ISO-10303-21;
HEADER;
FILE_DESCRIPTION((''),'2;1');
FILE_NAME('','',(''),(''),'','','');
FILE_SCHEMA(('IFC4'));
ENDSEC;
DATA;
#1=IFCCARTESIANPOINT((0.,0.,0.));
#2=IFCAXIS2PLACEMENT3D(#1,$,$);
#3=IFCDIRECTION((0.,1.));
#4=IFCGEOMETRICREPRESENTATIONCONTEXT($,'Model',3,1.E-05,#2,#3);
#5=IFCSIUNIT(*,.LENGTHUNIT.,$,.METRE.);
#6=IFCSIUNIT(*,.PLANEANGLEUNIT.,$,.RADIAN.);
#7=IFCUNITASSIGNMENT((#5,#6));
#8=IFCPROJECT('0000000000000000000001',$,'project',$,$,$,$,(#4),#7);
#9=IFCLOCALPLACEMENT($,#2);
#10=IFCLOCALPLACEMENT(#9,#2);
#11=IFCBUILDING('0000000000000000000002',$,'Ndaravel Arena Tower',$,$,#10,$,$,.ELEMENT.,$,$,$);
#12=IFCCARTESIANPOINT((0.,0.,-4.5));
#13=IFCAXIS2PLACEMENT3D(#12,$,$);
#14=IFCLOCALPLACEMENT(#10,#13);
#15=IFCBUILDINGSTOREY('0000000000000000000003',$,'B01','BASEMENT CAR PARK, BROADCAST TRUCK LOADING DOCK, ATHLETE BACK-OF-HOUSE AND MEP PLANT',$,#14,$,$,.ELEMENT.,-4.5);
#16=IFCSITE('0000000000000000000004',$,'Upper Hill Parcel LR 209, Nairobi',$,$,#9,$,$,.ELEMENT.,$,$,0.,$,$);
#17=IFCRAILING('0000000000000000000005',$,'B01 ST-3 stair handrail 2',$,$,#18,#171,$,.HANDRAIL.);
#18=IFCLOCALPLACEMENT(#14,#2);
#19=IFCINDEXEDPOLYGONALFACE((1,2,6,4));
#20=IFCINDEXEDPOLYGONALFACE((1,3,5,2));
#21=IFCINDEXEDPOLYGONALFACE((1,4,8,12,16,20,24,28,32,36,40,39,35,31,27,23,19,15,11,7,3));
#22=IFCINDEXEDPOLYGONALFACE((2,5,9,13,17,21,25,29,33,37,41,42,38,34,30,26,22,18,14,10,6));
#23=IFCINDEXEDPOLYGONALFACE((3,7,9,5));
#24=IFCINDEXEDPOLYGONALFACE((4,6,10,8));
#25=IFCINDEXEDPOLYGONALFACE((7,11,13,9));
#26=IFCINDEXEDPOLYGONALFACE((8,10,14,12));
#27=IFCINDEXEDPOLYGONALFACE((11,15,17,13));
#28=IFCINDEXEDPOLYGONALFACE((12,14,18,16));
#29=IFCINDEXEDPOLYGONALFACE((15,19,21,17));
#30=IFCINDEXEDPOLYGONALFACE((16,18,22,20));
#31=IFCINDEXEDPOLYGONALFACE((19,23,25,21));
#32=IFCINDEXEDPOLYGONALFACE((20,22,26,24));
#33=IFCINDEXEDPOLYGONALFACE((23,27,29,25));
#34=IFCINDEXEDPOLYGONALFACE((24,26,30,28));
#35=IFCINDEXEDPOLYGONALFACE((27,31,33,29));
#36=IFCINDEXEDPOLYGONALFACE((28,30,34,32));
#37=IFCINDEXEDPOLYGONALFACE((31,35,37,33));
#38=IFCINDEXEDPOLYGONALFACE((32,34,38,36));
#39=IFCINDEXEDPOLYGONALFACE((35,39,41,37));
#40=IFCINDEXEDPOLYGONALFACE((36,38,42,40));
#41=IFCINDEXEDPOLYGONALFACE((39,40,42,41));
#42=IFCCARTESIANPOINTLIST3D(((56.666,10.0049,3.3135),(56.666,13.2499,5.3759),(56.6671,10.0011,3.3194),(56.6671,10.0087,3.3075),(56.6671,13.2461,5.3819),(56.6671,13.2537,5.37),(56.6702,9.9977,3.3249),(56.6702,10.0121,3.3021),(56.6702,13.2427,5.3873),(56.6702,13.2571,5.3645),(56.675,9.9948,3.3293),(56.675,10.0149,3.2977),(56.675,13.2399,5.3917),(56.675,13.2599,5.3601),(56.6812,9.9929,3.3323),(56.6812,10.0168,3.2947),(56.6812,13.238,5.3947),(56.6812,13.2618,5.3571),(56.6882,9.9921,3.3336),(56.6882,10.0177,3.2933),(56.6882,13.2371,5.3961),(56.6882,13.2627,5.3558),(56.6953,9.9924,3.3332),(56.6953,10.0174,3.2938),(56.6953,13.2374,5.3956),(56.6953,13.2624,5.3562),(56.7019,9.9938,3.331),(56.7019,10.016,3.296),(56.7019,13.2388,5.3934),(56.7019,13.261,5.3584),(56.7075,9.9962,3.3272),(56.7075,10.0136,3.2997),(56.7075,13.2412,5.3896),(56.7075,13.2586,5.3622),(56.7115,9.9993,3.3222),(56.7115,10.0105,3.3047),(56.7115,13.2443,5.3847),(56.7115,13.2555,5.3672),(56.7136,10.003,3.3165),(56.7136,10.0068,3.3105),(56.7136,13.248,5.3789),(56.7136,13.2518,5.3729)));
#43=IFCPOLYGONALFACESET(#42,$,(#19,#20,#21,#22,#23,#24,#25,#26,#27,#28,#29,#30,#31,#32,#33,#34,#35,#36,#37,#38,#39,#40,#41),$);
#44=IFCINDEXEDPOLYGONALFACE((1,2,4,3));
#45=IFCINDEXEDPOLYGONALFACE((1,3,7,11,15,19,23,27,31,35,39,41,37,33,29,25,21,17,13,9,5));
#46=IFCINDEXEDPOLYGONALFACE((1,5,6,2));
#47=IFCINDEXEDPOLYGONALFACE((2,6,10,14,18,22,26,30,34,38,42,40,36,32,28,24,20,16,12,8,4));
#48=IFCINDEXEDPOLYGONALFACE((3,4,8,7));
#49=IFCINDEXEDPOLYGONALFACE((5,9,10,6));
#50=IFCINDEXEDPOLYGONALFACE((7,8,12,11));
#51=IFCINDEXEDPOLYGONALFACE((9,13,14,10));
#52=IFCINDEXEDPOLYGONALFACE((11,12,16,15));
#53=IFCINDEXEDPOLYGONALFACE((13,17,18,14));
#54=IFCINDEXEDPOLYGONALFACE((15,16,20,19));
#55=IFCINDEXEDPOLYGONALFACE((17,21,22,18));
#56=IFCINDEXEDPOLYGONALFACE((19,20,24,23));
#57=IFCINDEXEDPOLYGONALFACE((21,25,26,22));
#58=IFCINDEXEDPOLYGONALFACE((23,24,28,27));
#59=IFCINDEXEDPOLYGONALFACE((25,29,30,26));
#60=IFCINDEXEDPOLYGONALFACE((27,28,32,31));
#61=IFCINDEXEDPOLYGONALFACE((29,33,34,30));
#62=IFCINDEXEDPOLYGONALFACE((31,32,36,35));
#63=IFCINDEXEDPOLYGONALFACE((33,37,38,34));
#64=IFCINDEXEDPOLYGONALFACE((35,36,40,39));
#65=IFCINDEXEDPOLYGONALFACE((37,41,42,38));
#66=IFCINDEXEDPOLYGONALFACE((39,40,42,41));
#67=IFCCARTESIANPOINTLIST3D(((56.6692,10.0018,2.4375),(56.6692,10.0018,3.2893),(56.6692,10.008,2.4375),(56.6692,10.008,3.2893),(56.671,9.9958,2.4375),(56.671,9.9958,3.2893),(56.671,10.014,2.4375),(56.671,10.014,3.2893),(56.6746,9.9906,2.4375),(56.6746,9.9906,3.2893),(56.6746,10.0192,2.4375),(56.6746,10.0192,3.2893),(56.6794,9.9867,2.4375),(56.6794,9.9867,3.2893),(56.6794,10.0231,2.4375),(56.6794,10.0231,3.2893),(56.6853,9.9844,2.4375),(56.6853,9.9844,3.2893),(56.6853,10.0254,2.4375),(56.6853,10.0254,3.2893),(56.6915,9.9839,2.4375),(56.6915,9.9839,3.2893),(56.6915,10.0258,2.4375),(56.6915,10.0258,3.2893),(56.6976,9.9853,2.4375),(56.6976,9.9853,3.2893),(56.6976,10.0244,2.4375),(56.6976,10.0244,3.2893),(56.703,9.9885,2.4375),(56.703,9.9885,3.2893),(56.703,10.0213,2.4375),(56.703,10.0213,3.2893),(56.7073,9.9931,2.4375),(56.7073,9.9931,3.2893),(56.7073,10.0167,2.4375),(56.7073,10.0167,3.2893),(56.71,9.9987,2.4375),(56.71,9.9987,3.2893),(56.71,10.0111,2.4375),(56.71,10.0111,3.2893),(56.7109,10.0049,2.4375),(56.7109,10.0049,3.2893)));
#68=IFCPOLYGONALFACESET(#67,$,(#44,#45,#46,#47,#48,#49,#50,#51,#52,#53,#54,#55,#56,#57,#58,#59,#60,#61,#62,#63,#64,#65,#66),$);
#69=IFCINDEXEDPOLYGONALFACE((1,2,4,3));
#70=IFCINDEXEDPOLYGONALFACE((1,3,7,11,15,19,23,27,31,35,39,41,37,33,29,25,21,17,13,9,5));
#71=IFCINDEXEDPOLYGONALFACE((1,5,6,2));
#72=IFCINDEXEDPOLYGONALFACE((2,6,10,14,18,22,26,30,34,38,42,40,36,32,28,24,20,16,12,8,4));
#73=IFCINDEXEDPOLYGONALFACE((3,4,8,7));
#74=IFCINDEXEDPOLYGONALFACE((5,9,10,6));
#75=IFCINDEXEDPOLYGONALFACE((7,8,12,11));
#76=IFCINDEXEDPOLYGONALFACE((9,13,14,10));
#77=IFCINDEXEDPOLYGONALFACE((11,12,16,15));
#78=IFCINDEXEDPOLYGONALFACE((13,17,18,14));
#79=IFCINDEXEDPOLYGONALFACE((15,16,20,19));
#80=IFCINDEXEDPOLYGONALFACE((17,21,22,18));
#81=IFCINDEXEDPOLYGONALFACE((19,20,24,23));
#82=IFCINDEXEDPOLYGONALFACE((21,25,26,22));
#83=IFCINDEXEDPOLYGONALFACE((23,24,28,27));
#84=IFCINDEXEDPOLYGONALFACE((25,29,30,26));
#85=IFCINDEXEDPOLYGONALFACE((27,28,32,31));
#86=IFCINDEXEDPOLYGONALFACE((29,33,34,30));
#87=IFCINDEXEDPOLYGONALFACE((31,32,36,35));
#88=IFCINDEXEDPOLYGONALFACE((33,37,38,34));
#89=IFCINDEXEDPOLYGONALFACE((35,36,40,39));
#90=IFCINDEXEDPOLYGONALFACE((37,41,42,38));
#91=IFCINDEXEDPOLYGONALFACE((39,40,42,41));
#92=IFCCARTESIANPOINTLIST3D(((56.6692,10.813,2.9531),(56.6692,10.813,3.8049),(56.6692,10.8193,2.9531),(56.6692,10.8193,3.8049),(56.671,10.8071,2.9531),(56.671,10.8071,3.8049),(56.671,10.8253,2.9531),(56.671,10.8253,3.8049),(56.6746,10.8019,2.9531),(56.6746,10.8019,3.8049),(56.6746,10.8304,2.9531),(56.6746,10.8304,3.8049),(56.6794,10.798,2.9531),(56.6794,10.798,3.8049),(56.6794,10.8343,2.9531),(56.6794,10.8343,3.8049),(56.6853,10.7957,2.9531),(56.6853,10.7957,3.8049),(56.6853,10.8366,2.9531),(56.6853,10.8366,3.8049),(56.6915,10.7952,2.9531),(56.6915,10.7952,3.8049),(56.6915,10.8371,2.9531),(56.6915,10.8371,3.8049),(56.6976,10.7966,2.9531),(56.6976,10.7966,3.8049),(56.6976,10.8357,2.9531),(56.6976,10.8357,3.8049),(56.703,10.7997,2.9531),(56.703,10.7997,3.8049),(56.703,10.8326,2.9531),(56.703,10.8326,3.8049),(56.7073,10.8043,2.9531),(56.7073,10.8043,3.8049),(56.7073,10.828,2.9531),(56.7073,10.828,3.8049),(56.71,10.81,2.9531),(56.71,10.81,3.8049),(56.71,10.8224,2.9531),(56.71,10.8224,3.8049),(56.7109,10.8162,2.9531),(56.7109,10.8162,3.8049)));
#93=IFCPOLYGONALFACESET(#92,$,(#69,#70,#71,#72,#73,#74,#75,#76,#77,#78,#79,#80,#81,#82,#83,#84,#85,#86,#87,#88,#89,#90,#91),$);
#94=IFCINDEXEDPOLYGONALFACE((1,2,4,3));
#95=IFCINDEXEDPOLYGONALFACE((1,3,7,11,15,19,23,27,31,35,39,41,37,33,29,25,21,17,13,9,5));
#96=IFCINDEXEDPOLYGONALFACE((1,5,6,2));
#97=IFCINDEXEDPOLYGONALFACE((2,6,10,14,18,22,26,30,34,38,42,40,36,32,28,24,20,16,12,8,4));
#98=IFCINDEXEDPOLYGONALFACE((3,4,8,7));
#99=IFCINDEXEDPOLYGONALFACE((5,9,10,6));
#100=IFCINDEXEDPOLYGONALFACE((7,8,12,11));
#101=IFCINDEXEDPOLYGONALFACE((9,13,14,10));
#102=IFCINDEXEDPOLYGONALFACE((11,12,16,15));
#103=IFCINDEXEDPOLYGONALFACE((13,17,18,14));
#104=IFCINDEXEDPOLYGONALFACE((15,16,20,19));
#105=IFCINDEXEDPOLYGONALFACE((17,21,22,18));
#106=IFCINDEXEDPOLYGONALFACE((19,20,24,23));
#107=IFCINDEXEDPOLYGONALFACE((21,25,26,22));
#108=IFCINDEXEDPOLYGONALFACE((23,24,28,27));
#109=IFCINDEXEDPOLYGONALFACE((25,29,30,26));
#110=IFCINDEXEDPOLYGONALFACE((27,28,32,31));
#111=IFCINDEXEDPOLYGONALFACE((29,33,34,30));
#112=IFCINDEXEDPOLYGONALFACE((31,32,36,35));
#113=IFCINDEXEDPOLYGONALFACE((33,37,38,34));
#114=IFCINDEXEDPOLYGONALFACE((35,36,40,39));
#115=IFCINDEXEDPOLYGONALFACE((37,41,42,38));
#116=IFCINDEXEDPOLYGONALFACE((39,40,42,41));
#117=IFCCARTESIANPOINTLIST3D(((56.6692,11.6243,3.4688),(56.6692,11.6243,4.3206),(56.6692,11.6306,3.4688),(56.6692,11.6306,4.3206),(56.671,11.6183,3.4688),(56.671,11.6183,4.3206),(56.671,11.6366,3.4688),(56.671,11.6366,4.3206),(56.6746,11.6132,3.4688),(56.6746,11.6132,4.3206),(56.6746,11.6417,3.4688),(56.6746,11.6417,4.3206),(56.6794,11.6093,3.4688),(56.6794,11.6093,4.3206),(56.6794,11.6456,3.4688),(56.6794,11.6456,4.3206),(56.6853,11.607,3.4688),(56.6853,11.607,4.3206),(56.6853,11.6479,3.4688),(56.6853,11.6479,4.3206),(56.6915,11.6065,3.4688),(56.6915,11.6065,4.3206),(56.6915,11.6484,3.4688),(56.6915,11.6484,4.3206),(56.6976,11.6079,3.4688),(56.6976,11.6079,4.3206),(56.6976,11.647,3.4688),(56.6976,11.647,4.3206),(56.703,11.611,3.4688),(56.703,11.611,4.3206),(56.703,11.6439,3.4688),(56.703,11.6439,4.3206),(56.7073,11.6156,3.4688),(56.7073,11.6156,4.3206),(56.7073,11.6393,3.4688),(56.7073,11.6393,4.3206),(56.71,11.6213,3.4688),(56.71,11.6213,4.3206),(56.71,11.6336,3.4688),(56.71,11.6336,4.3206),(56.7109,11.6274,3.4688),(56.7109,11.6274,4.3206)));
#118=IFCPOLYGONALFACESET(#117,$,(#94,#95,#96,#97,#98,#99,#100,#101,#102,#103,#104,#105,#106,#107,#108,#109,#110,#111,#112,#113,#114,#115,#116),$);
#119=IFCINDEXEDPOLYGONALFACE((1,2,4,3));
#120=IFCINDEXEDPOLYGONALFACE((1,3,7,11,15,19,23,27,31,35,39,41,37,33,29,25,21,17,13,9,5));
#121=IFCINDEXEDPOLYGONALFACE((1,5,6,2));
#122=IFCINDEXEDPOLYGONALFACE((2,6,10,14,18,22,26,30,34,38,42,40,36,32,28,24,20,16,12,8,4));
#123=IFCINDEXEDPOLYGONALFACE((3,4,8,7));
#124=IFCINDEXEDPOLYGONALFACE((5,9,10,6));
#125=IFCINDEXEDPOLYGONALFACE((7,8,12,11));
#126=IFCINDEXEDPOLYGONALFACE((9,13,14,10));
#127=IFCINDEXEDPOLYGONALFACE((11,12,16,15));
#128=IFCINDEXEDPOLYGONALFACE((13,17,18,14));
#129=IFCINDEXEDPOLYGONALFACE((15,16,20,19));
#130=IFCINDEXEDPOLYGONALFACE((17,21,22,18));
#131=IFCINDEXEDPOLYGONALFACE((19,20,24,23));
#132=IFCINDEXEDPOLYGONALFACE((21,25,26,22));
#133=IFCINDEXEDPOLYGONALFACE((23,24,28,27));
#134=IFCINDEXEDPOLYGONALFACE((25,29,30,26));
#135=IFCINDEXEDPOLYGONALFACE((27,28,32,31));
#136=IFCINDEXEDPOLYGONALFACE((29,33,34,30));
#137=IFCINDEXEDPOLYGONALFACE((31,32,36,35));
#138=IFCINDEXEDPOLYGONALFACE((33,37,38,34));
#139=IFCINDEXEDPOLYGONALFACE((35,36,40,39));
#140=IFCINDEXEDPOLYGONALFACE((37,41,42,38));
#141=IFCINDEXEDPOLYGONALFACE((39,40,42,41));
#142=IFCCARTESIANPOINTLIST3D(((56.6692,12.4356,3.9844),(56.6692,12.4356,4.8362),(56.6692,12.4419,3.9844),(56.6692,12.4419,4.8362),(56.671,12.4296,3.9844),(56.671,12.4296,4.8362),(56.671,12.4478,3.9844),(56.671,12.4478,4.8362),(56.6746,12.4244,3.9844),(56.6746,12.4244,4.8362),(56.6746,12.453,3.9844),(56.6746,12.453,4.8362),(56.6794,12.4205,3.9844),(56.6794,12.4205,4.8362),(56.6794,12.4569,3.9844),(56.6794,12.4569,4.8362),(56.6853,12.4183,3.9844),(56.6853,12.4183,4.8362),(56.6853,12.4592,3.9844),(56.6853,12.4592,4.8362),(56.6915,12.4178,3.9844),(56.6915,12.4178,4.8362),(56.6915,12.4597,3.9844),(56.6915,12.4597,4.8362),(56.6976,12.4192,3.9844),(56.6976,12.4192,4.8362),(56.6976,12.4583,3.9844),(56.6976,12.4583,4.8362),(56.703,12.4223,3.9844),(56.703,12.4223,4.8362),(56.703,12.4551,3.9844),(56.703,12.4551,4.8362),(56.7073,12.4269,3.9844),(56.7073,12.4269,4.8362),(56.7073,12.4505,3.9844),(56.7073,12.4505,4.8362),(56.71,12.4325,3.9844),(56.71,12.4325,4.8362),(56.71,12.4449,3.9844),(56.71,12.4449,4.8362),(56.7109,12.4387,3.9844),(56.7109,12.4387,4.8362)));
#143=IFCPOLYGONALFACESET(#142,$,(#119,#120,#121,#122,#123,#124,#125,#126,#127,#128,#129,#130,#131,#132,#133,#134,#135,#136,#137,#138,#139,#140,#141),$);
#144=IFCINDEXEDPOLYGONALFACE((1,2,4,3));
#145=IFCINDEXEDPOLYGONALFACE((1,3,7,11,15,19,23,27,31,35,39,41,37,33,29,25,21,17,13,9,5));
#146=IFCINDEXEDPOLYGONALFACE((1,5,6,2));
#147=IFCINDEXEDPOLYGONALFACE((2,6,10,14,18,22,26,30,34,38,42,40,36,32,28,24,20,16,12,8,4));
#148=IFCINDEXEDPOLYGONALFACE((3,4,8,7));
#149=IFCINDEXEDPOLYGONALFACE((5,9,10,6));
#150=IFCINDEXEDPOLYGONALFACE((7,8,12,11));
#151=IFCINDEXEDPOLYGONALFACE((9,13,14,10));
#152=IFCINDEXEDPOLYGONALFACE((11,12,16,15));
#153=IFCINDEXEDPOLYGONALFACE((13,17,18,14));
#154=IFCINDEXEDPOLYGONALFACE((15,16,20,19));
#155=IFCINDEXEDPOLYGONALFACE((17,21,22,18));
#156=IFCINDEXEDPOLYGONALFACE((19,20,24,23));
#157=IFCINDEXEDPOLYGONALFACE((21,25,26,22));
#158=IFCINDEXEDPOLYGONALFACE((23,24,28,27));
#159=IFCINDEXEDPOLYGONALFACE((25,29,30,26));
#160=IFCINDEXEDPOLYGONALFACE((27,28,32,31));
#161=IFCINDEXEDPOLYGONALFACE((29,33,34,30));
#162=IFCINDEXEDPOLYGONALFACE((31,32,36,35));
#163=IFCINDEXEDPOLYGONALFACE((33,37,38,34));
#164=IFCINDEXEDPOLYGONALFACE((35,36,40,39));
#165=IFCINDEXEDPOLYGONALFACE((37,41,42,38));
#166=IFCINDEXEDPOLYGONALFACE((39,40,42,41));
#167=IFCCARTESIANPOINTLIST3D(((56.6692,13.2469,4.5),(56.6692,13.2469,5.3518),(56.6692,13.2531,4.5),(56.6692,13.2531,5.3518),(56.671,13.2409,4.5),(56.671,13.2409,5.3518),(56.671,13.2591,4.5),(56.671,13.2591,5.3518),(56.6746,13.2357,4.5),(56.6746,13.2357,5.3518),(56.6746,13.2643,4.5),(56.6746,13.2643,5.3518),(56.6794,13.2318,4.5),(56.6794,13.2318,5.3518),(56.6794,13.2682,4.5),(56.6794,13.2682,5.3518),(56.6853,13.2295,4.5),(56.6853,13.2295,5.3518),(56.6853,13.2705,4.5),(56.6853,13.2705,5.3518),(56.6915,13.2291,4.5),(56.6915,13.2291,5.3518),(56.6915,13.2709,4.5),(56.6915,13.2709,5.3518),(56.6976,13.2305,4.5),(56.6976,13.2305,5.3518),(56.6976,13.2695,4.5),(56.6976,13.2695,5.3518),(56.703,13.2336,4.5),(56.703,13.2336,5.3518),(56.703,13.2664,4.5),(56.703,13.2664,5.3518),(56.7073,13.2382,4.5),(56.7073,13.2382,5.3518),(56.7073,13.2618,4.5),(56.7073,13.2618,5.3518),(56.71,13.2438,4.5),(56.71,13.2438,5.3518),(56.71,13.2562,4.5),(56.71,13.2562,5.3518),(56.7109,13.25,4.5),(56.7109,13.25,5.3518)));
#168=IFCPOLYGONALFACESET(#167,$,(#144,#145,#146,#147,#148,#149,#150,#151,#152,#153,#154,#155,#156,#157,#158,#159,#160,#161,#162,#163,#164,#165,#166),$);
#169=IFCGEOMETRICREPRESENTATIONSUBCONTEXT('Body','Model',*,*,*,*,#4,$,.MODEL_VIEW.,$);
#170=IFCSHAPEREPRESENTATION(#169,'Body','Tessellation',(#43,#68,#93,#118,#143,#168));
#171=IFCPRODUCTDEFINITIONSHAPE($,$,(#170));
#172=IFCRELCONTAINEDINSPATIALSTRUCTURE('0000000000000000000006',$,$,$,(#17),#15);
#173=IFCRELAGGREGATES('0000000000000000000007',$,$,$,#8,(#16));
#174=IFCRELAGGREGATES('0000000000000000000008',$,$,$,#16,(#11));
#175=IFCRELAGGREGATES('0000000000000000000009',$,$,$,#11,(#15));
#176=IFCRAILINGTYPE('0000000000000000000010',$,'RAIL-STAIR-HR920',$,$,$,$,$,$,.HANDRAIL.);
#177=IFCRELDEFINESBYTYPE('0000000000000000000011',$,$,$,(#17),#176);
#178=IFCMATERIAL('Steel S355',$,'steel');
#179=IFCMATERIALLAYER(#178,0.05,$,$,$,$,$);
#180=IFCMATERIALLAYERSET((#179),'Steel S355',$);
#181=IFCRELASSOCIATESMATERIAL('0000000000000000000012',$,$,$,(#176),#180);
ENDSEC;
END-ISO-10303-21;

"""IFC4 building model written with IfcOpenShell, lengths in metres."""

from ifc_helpers import new_model, si_unit, direction, frame, origin, origin_2d, place, context, subcontext, project, spatial, circle, extrude, material, layer, layer_set, type_object, element, save


model = new_model("IFC4")

# Units and contexts
model_context = context("Model", 3, precision=1e-05, world=origin(), true_north=direction((0.0, 1.0)))
body_context = subcontext(model_context, "Body", "Model", "MODEL_VIEW")
ifc_project = project(units=[si_unit("LENGTHUNIT", "METRE"), si_unit("PLANEANGLEUNIT", "RADIAN")], contexts=[model_context])

# Site, building, storey
site_placement = place(None, origin())
site = spatial("IfcSite", under=ifc_project, at=site_placement, Name="Upper Hill Parcel LR 209, Nairobi", CompositionType="ELEMENT", RefElevation=0.0)
building_placement = place(site_placement, origin())
building = spatial("IfcBuilding", under=site, at=building_placement, Name="Ndaravel Arena Tower", CompositionType="ELEMENT")
storey_placement = place(building_placement, frame((0.0, 0.0, -4.5)))
storey = spatial("IfcBuildingStorey", under=building, at=storey_placement, Name="B01", Description="BASEMENT CAR PARK, BROADCAST TRUCK LOADING DOCK, ATHLETE BACK-OF-HOUSE AND MEP PLANT", CompositionType="ELEMENT", Elevation=-4.5)

# Railing
ifc_material_1 = material(Name="Steel S355", Category="steel")
ifc_layer_1 = layer(ifc_material_1, 0.05)
ifc_layer_set_1 = layer_set([ifc_layer_1], Name="Steel S355")
railing_type_1 = type_object("IfcRailingType", Name="RAIL-STAIR-HR920", PredefinedType="HANDRAIL", material=ifc_layer_set_1)
railing_1_placement = place(storey_placement, frame((56.6899, 10.0049, 2.4375)))
element("IfcRailing", 1, at=railing_1_placement, inside=storey, type_object=railing_type_1, Name="B01 ST-3 stair handrail 2", PredefinedType="HANDRAIL", context=body_context, shape_type="SweptSolid", body=[
    extrude(circle(Radius=0.0239, at=origin_2d()), frame((0.0, 0.0, 0.876), z_axis=(0.0, 0.843965, 0.536399), x_axis=(-1.0, 0.0, 0.0)), (0.0, 0.0, 1.0), 3.845),
    extrude(circle(Radius=0.021, at=origin_2d()), origin(), (0.0, 0.0, 1.0), 0.8518),
    extrude(circle(Radius=0.021, at=origin_2d()), frame((0.0, 0.8113, 0.5156)), (0.0, 0.0, 1.0), 0.8518),
    extrude(circle(Radius=0.021, at=origin_2d()), frame((0.0, 1.6226, 1.0312)), (0.0, 0.0, 1.0), 0.8518),
    extrude(circle(Radius=0.021, at=origin_2d()), frame((0.0, 2.4338, 1.5469)), (0.0, 0.0, 1.0), 0.8518),
    extrude(circle(Radius=0.021, at=origin_2d()), frame((0.0, 3.2451, 2.0625)), (0.0, 0.0, 1.0), 0.8518),
])

save(model, "model.ifc")
